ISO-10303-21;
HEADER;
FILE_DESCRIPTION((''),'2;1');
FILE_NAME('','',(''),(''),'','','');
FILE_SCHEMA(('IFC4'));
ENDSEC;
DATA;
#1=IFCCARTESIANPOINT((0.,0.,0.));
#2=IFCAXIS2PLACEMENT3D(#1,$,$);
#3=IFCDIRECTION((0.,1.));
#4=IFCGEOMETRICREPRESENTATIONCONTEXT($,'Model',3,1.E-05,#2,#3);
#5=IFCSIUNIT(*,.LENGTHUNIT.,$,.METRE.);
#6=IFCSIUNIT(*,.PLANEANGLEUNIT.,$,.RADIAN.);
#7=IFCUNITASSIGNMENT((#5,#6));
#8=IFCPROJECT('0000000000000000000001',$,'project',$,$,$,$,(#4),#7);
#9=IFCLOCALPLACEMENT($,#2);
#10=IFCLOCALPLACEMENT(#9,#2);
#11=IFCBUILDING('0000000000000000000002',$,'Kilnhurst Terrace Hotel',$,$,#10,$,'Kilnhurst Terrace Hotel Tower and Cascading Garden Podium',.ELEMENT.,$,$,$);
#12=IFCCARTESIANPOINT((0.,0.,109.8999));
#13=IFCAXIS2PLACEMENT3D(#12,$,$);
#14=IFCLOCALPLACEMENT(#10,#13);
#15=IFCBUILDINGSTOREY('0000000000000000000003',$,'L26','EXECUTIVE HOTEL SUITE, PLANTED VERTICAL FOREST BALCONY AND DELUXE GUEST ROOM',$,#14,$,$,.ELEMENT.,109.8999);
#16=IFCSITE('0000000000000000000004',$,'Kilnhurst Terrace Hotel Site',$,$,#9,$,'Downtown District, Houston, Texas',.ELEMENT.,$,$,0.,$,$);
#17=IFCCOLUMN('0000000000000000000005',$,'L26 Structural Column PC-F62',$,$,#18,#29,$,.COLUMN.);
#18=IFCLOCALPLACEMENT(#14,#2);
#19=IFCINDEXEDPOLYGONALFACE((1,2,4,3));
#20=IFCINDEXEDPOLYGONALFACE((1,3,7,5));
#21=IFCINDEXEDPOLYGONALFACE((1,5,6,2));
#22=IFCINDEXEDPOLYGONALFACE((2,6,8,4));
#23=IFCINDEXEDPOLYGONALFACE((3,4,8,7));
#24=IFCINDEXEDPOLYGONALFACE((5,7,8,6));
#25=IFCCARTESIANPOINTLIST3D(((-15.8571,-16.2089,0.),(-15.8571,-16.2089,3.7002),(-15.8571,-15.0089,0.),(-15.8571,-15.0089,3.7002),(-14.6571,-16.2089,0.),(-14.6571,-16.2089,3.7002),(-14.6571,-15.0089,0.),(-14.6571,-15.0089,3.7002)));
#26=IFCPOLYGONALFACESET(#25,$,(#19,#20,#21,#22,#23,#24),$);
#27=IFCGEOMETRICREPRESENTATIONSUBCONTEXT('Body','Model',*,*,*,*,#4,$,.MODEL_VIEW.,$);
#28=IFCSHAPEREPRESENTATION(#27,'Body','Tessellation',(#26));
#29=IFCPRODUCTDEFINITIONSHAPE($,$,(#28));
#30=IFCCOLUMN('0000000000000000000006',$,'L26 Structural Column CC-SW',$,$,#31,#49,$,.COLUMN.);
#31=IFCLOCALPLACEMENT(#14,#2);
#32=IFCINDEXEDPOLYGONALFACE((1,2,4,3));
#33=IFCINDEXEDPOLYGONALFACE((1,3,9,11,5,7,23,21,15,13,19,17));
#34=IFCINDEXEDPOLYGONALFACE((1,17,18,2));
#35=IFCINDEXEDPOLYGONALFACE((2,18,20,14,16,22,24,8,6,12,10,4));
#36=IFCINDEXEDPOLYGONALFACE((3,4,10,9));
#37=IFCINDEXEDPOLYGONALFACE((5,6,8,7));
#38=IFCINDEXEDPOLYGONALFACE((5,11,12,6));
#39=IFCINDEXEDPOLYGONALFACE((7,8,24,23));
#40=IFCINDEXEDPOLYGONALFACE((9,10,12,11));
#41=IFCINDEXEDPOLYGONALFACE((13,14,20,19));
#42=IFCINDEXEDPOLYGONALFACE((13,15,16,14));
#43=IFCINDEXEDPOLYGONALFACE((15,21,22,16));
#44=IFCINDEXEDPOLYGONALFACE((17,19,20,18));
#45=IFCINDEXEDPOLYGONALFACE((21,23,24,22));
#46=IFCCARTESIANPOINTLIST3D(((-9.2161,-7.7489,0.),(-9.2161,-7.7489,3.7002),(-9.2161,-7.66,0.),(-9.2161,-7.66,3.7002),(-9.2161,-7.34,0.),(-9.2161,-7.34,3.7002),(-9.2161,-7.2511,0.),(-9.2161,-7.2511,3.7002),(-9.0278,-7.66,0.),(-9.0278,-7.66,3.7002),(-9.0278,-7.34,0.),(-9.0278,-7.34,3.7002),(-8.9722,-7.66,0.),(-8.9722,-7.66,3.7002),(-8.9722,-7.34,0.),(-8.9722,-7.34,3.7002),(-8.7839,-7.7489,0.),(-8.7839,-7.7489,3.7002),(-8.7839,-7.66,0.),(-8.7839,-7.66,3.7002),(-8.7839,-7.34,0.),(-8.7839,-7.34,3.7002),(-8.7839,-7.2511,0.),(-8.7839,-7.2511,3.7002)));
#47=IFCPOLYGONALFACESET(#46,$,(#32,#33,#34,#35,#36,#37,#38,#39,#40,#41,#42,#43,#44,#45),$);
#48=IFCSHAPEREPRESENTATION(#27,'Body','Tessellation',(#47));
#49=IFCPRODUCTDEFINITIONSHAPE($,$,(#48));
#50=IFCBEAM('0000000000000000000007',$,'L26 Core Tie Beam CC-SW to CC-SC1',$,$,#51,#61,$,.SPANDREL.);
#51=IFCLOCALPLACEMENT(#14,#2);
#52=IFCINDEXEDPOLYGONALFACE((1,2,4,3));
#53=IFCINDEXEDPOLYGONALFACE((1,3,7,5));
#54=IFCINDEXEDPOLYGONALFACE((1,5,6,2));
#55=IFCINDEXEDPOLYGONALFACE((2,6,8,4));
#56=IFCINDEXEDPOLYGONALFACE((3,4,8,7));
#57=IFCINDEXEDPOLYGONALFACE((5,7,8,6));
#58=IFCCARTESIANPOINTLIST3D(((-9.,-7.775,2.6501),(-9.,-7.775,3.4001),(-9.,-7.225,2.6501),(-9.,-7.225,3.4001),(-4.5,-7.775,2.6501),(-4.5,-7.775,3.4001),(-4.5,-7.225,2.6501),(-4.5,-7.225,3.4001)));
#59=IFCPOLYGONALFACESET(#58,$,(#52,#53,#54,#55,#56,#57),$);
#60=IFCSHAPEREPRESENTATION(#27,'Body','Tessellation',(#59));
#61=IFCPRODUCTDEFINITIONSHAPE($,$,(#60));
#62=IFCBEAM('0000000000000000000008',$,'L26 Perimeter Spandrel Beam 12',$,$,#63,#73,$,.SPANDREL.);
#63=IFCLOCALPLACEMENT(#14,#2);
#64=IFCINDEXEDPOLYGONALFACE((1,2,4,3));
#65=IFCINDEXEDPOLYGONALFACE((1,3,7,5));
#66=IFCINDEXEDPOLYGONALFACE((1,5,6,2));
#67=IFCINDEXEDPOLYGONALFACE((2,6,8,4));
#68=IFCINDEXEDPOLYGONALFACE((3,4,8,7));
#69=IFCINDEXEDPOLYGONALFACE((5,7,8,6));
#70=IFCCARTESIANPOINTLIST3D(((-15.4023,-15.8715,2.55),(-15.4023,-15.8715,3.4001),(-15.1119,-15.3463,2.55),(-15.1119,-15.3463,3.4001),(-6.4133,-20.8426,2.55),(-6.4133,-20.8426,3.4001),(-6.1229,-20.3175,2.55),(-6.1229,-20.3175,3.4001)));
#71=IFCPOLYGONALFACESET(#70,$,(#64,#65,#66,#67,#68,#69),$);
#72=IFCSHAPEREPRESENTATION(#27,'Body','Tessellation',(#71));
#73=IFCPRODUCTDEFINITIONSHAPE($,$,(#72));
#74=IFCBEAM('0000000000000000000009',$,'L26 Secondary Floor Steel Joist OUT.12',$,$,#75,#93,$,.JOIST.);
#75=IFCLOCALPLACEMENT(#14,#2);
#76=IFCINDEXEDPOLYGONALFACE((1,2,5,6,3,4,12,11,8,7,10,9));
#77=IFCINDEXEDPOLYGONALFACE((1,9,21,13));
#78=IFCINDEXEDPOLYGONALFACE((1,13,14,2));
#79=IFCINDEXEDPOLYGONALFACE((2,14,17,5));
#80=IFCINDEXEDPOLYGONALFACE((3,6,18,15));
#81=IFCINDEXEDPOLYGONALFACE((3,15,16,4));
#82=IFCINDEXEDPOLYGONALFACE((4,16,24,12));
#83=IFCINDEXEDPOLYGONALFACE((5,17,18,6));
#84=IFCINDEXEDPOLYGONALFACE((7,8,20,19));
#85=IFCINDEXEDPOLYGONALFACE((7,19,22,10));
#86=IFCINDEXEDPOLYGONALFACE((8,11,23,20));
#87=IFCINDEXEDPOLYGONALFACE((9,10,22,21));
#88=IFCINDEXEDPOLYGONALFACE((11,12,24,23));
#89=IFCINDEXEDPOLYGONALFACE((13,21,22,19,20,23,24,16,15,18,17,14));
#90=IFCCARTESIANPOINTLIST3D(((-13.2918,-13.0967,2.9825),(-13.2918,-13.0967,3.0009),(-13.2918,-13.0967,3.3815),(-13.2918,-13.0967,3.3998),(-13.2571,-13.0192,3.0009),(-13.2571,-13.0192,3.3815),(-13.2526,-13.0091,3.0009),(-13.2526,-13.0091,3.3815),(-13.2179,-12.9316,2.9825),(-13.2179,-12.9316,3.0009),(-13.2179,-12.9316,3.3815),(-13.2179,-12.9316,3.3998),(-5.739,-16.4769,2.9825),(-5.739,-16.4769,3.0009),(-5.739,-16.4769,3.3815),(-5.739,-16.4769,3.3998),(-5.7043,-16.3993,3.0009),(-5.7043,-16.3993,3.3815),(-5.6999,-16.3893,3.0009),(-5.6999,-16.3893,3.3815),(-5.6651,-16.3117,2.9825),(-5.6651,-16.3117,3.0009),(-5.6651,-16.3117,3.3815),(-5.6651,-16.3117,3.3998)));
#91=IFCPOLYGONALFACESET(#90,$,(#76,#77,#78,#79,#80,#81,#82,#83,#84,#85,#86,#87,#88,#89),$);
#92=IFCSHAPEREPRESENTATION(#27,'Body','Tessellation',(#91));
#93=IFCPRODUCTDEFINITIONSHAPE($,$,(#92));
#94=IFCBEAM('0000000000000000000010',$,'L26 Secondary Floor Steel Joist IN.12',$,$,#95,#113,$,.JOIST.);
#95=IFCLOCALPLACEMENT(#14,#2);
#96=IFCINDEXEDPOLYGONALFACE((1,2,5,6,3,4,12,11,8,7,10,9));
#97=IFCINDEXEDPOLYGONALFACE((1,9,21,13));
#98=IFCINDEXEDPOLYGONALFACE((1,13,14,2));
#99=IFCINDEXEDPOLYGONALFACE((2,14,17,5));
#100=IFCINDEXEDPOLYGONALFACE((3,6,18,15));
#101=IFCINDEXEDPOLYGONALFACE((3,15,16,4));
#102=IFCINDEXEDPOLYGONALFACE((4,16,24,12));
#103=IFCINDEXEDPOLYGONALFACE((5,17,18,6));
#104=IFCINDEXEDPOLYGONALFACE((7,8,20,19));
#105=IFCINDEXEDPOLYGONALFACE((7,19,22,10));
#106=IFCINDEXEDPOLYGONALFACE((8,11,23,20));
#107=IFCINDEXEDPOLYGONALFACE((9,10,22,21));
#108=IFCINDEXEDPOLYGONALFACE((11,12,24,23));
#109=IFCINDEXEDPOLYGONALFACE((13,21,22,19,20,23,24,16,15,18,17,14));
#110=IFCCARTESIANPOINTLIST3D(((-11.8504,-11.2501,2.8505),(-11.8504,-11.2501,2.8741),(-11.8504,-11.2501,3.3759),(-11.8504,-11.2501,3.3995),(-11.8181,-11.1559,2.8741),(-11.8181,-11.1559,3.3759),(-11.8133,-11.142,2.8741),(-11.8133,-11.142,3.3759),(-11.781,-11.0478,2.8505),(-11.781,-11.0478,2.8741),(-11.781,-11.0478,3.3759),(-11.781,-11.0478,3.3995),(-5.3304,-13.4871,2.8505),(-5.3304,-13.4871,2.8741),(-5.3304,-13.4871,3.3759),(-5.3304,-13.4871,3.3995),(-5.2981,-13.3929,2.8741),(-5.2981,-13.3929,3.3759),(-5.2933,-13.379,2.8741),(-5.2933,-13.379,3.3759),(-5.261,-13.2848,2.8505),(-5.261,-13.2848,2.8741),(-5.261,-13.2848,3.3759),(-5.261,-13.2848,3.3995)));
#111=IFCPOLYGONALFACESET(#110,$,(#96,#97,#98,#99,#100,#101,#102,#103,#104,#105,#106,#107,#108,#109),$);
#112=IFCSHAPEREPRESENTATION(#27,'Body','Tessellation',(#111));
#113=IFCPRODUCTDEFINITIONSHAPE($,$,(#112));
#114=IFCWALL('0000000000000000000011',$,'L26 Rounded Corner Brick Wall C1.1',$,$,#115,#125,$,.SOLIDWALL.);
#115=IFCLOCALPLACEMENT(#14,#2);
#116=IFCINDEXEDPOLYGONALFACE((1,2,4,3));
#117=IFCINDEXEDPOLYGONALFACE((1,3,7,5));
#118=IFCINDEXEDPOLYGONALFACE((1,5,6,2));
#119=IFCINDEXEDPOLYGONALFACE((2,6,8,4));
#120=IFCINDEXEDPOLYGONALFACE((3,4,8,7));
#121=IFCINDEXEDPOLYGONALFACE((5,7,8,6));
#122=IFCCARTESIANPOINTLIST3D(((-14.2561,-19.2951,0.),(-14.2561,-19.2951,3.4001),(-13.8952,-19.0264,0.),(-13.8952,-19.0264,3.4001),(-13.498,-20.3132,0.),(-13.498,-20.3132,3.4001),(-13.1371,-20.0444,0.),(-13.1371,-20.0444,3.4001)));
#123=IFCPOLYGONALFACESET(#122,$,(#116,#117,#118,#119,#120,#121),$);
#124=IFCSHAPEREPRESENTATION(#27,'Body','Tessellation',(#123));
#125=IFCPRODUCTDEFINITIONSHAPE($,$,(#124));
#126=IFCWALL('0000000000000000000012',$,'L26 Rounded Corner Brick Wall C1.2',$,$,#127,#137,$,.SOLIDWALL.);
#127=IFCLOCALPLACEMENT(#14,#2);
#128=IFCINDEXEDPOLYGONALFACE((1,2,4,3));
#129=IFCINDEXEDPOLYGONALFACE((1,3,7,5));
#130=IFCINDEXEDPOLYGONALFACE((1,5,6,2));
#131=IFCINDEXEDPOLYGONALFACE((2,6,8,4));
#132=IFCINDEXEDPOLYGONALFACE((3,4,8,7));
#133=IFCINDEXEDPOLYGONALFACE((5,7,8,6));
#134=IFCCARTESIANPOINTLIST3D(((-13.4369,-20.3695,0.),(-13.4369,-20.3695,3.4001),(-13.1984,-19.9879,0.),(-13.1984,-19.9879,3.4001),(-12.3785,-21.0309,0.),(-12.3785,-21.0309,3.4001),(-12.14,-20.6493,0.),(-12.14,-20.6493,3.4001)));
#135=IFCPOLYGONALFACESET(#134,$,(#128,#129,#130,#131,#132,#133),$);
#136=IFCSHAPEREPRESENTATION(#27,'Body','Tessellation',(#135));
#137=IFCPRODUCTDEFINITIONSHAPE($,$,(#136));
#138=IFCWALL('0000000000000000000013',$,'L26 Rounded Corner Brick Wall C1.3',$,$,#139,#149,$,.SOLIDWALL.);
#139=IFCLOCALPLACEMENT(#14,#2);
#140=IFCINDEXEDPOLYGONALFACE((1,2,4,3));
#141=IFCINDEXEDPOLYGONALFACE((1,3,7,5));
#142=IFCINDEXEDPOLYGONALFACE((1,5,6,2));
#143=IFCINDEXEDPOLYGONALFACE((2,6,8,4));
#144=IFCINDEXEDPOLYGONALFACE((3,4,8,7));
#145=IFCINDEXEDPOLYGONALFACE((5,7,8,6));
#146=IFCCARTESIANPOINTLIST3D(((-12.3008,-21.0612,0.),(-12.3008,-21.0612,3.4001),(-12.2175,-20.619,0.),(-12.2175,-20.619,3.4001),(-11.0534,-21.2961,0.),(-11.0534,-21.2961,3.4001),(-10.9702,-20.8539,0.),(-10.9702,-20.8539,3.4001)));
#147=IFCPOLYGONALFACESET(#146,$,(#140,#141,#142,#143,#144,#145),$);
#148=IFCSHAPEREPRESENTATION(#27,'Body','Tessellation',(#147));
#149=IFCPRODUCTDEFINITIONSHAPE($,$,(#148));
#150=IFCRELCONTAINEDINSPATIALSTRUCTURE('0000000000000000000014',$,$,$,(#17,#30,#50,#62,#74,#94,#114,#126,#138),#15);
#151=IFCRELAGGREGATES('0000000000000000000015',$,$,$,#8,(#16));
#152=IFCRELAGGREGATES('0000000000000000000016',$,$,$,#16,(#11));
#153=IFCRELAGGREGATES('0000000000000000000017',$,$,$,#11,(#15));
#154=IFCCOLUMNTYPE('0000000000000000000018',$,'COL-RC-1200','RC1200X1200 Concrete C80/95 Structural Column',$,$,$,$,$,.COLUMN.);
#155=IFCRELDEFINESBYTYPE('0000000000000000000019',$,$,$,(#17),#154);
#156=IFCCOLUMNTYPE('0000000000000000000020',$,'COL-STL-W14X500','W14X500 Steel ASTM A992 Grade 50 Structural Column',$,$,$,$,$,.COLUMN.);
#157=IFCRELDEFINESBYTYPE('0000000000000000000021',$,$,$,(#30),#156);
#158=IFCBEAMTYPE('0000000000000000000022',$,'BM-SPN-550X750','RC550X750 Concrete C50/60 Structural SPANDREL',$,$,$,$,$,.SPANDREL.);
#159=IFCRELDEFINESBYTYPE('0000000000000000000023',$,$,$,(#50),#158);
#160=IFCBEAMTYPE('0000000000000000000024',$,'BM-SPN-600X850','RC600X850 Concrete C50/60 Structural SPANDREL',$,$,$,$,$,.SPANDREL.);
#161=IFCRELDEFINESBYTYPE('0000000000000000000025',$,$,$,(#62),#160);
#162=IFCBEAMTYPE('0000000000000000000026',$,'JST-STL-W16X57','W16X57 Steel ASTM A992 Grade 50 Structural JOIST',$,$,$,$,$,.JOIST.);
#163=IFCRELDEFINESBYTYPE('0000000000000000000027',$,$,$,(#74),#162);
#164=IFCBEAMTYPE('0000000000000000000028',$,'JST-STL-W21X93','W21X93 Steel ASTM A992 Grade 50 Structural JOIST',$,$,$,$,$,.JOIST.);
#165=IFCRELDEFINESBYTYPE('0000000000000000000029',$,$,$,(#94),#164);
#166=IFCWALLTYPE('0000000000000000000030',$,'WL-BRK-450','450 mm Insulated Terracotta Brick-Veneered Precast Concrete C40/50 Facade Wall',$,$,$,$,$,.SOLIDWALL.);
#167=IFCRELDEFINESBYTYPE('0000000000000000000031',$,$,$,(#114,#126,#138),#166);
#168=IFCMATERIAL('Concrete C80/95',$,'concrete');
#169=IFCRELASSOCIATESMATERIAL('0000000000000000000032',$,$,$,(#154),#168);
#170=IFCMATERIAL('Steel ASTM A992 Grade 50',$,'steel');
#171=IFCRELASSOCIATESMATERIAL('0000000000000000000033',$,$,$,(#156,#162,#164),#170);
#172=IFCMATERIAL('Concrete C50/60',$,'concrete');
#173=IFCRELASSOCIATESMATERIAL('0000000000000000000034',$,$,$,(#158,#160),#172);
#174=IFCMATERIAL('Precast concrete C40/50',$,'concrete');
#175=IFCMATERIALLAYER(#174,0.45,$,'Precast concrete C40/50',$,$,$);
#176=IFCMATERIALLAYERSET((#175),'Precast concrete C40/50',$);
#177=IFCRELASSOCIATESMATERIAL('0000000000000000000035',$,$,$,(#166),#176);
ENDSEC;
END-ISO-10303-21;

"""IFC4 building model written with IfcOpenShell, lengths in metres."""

from ifc_helpers import new_model, si_unit, direction, frame, frame_2d, origin, origin_2d, place, context, subcontext, project, spatial, rectangle, i_section, extrude, material, layer, layer_set, material_profile, profile_set, type_object, element, save


model = new_model("IFC4")

# Units and contexts
model_context = context("Model", 3, precision=1e-05, world=origin(), true_north=direction((0.0, 1.0)))
body_context = subcontext(model_context, "Body", "Model", "MODEL_VIEW")
ifc_project = project(units=[si_unit("LENGTHUNIT", "METRE"), si_unit("PLANEANGLEUNIT", "RADIAN")], contexts=[model_context])

# Site, building, storey
site_placement = place(None, origin())
site = spatial("IfcSite", under=ifc_project, at=site_placement, Name="Kilnhurst Terrace Hotel Site", LongName="Downtown District, Houston, Texas", CompositionType="ELEMENT", RefElevation=0.0)
building_placement = place(site_placement, origin())
building = spatial("IfcBuilding", under=site, at=building_placement, Name="Kilnhurst Terrace Hotel", LongName="Kilnhurst Terrace Hotel Tower and Cascading Garden Podium", CompositionType="ELEMENT")
storey_placement = place(building_placement, frame((0.0, 0.0, 109.8999)))
storey = spatial("IfcBuildingStorey", under=building, at=storey_placement, Name="L26", Description="EXECUTIVE HOTEL SUITE, PLANTED VERTICAL FOREST BALCONY AND DELUXE GUEST ROOM", CompositionType="ELEMENT", Elevation=109.8999)

# Columns
ifc_material_1 = material(Name="Concrete C80/95", Category="concrete")
ifc_material_profile_1 = material_profile(ifc_material_1, rectangle(XDim=1.2, YDim=1.2, at=origin_2d()), Name="RC1200X1200")
ifc_profile_set_1 = profile_set([ifc_material_profile_1], Name="Concrete C80/95")
column_type_1 = type_object("IfcColumnType", Name="COL-RC-1200", Description="RC1200X1200 Concrete C80/95 Structural Column", PredefinedType="COLUMN", material=ifc_profile_set_1)
column_1_placement = place(storey_placement, frame((-15.2571, -15.6089, 0.0), z_axis=(0.0, 0.0, 1.0), x_axis=(1.0, 0.0, 0.0)))
element("IfcColumn", 1, at=column_1_placement, inside=storey, type_object=column_type_1, Name="L26 Structural Column PC-F62", PredefinedType="COLUMN", context=body_context, shape_type="SweptSolid", body=[
    extrude(rectangle(XDim=1.2, YDim=1.2, at=origin_2d()), origin(), (0.0, 0.0, 1.0), 3.7002),
])
ifc_material_2 = material(Name="Steel ASTM A992 Grade 50", Category="steel")
ifc_material_profile_2 = material_profile(ifc_material_2, i_section(OverallWidth=0.4321, OverallDepth=0.4978, WebThickness=0.0557, FlangeThickness=0.0889, at=origin_2d()), Name="W14X500")
ifc_profile_set_2 = profile_set([ifc_material_profile_2], Name="Steel ASTM A992 Grade 50")
column_type_2 = type_object("IfcColumnType", Name="COL-STL-W14X500", Description="W14X500 Steel ASTM A992 Grade 50 Structural Column", PredefinedType="COLUMN", material=ifc_profile_set_2)
column_2_placement = place(storey_placement, frame((-9.0, -7.5, 0.0), z_axis=(0.0, 0.0, 1.0), x_axis=(1.0, 0.0, 0.0)))
element("IfcColumn", 2, at=column_2_placement, inside=storey, type_object=column_type_2, Name="L26 Structural Column CC-SW", PredefinedType="COLUMN", context=body_context, shape_type="SweptSolid", body=[
    extrude(i_section(OverallWidth=0.4321, OverallDepth=0.4978, WebThickness=0.0557, FlangeThickness=0.0889, at=origin_2d()), origin(), (0.0, 0.0, 1.0), 3.7002),
])

# Beams
ifc_material_3 = material(Name="Concrete C50/60", Category="concrete")
ifc_material_profile_3 = material_profile(ifc_material_3, rectangle(XDim=0.55, YDim=0.75, at=origin_2d()), Name="RC550X750")
ifc_profile_set_3 = profile_set([ifc_material_profile_3], Name="Concrete C50/60")
beam_type_1 = type_object("IfcBeamType", Name="BM-SPN-550X750", Description="RC550X750 Concrete C50/60 Structural SPANDREL", PredefinedType="SPANDREL", material=ifc_profile_set_3)
beam_1_placement = place(storey_placement, frame((-9.0, -7.5, 3.0251), z_axis=(1.0, 0.0, 0.0), x_axis=(0.0, 1.0, 0.0)))
element("IfcBeam", 3, at=beam_1_placement, inside=storey, type_object=beam_type_1, Name="L26 Core Tie Beam CC-SW to CC-SC1", PredefinedType="SPANDREL", context=body_context, shape_type="SweptSolid", body=[
    extrude(rectangle(XDim=0.55, YDim=0.75, at=origin_2d()), origin(), (0.0, 0.0, 1.0), 4.5),
])
ifc_material_profile_4 = material_profile(ifc_material_3, rectangle(XDim=0.6001, YDim=0.8501, at=origin_2d()), Name="RC600X850")
ifc_profile_set_4 = profile_set([ifc_material_profile_4], Name="Concrete C50/60")
beam_type_2 = type_object("IfcBeamType", Name="BM-SPN-600X850", Description="RC600X850 Concrete C50/60 Structural SPANDREL", PredefinedType="SPANDREL", material=ifc_profile_set_4)
beam_2_placement = place(storey_placement, frame((-15.2571, -15.6089, 2.9751), z_axis=(0.875094, -0.483953, 0.0), x_axis=(0.483953, 0.875094, 0.0)))
element("IfcBeam", 4, at=beam_2_placement, inside=storey, type_object=beam_type_2, Name="L26 Perimeter Spandrel Beam 12", PredefinedType="SPANDREL", context=body_context, shape_type="SweptSolid", body=[
    extrude(rectangle(XDim=0.6001, YDim=0.8501, at=origin_2d()), origin(), (0.0, 0.0, 1.0), 10.272),
])
ifc_material_profile_5 = material_profile(ifc_material_2, i_section(OverallWidth=0.1809, OverallDepth=0.4172, WebThickness=0.011, FlangeThickness=0.0183, at=origin_2d()), Name="W16X57")
ifc_profile_set_5 = profile_set([ifc_material_profile_5], Name="Steel ASTM A992 Grade 50")
beam_type_3 = type_object("IfcBeamType", Name="JST-STL-W16X57", Description="W16X57 Steel ASTM A992 Grade 50 Structural JOIST", PredefinedType="JOIST", material=ifc_profile_set_5)
beam_3_placement = place(storey_placement, frame((-13.2549, -13.0142, 3.1912), z_axis=(0.912761, -0.408494, 0.0), x_axis=(0.408494, 0.912761, 0.0)))
element("IfcBeam", 5, at=beam_3_placement, inside=storey, type_object=beam_type_3, Name="L26 Secondary Floor Steel Joist OUT.12", PredefinedType="JOIST", context=body_context, shape_type="SweptSolid", body=[
    extrude(i_section(OverallWidth=0.1809, OverallDepth=0.4172, WebThickness=0.011, FlangeThickness=0.0183, at=origin_2d()), origin(), (0.0, 0.0, 1.0), 8.2747),
])
ifc_material_profile_6 = material_profile(ifc_material_2, i_section(OverallWidth=0.2139, OverallDepth=0.5491, WebThickness=0.0146, FlangeThickness=0.0237, at=origin_2d()), Name="W21X93")
ifc_profile_set_6 = profile_set([ifc_material_profile_6], Name="Steel ASTM A992 Grade 50")
beam_type_4 = type_object("IfcBeamType", Name="JST-STL-W21X93", Description="W21X93 Steel ASTM A992 Grade 50 Structural JOIST", PredefinedType="JOIST", material=ifc_profile_set_6)
beam_4_placement = place(storey_placement, frame((-11.8157, -11.1489, 3.125), z_axis=(0.945874, -0.324535, 0.0), x_axis=(0.324535, 0.945874, 0.0)))
element("IfcBeam", 6, at=beam_4_placement, inside=storey, type_object=beam_type_4, Name="L26 Secondary Floor Steel Joist IN.12", PredefinedType="JOIST", context=body_context, shape_type="SweptSolid", body=[
    extrude(i_section(OverallWidth=0.2139, OverallDepth=0.5491, WebThickness=0.0146, FlangeThickness=0.0237, at=origin_2d()), origin(), (0.0, 0.0, 1.0), 6.8931),
])

# Walls
ifc_material_4 = material(Name="Precast concrete C40/50", Category="concrete")
ifc_layer_1 = layer(ifc_material_4, 0.45, Name="Precast concrete C40/50")
ifc_layer_set_1 = layer_set([ifc_layer_1], Name="Precast concrete C40/50")
wall_type_1 = type_object("IfcWallType", Name="WL-BRK-450", Description="450 mm Insulated Terracotta Brick-Veneered Precast Concrete C40/50 Facade Wall", PredefinedType="SOLIDWALL", material=ifc_layer_set_1)
wall_1_placement = place(storey_placement, frame((-14.0757, -19.1606, 0.0), z_axis=(0.0, 0.0, 1.0), x_axis=(0.597227, -0.802073, 0.0)))
element("IfcWall", 7, at=wall_1_placement, inside=storey, type_object=wall_type_1, Name="L26 Rounded Corner Brick Wall C1.1", PredefinedType="SOLIDWALL", context=body_context, shape_type="SweptSolid", body=[
    extrude(rectangle(XDim=1.2693, YDim=0.45, at=frame_2d((0.6348, 0.0))), origin(), (0.0, 0.0, 1.0), 3.4001),
])
wall_2_placement = place(storey_placement, frame((-13.3176, -20.1787, 0.0), z_axis=(0.0, 0.0, 1.0), x_axis=(0.848031, -0.529946, 0.0)))
element("IfcWall", 8, at=wall_2_placement, inside=storey, type_object=wall_type_1, Name="L26 Rounded Corner Brick Wall C1.2", PredefinedType="SOLIDWALL", context=body_context, shape_type="SweptSolid", body=[
    extrude(rectangle(XDim=1.248, YDim=0.45, at=frame_2d((0.624, 0.0))), origin(), (0.0, 0.0, 1.0), 3.4001),
])
wall_3_placement = place(storey_placement, frame((-12.2593, -20.8401, 0.0), z_axis=(0.0, 0.0, 1.0), x_axis=(0.98273, -0.185043, 0.0)))
element("IfcWall", 9, at=wall_3_placement, inside=storey, type_object=wall_type_1, Name="L26 Rounded Corner Brick Wall C1.3", PredefinedType="SOLIDWALL", context=body_context, shape_type="SweptSolid", body=[
    extrude(rectangle(XDim=1.2693, YDim=0.45, at=frame_2d((0.6348, 0.0))), origin(), (0.0, 0.0, 1.0), 3.4001),
])

save(model, "model.ifc")
